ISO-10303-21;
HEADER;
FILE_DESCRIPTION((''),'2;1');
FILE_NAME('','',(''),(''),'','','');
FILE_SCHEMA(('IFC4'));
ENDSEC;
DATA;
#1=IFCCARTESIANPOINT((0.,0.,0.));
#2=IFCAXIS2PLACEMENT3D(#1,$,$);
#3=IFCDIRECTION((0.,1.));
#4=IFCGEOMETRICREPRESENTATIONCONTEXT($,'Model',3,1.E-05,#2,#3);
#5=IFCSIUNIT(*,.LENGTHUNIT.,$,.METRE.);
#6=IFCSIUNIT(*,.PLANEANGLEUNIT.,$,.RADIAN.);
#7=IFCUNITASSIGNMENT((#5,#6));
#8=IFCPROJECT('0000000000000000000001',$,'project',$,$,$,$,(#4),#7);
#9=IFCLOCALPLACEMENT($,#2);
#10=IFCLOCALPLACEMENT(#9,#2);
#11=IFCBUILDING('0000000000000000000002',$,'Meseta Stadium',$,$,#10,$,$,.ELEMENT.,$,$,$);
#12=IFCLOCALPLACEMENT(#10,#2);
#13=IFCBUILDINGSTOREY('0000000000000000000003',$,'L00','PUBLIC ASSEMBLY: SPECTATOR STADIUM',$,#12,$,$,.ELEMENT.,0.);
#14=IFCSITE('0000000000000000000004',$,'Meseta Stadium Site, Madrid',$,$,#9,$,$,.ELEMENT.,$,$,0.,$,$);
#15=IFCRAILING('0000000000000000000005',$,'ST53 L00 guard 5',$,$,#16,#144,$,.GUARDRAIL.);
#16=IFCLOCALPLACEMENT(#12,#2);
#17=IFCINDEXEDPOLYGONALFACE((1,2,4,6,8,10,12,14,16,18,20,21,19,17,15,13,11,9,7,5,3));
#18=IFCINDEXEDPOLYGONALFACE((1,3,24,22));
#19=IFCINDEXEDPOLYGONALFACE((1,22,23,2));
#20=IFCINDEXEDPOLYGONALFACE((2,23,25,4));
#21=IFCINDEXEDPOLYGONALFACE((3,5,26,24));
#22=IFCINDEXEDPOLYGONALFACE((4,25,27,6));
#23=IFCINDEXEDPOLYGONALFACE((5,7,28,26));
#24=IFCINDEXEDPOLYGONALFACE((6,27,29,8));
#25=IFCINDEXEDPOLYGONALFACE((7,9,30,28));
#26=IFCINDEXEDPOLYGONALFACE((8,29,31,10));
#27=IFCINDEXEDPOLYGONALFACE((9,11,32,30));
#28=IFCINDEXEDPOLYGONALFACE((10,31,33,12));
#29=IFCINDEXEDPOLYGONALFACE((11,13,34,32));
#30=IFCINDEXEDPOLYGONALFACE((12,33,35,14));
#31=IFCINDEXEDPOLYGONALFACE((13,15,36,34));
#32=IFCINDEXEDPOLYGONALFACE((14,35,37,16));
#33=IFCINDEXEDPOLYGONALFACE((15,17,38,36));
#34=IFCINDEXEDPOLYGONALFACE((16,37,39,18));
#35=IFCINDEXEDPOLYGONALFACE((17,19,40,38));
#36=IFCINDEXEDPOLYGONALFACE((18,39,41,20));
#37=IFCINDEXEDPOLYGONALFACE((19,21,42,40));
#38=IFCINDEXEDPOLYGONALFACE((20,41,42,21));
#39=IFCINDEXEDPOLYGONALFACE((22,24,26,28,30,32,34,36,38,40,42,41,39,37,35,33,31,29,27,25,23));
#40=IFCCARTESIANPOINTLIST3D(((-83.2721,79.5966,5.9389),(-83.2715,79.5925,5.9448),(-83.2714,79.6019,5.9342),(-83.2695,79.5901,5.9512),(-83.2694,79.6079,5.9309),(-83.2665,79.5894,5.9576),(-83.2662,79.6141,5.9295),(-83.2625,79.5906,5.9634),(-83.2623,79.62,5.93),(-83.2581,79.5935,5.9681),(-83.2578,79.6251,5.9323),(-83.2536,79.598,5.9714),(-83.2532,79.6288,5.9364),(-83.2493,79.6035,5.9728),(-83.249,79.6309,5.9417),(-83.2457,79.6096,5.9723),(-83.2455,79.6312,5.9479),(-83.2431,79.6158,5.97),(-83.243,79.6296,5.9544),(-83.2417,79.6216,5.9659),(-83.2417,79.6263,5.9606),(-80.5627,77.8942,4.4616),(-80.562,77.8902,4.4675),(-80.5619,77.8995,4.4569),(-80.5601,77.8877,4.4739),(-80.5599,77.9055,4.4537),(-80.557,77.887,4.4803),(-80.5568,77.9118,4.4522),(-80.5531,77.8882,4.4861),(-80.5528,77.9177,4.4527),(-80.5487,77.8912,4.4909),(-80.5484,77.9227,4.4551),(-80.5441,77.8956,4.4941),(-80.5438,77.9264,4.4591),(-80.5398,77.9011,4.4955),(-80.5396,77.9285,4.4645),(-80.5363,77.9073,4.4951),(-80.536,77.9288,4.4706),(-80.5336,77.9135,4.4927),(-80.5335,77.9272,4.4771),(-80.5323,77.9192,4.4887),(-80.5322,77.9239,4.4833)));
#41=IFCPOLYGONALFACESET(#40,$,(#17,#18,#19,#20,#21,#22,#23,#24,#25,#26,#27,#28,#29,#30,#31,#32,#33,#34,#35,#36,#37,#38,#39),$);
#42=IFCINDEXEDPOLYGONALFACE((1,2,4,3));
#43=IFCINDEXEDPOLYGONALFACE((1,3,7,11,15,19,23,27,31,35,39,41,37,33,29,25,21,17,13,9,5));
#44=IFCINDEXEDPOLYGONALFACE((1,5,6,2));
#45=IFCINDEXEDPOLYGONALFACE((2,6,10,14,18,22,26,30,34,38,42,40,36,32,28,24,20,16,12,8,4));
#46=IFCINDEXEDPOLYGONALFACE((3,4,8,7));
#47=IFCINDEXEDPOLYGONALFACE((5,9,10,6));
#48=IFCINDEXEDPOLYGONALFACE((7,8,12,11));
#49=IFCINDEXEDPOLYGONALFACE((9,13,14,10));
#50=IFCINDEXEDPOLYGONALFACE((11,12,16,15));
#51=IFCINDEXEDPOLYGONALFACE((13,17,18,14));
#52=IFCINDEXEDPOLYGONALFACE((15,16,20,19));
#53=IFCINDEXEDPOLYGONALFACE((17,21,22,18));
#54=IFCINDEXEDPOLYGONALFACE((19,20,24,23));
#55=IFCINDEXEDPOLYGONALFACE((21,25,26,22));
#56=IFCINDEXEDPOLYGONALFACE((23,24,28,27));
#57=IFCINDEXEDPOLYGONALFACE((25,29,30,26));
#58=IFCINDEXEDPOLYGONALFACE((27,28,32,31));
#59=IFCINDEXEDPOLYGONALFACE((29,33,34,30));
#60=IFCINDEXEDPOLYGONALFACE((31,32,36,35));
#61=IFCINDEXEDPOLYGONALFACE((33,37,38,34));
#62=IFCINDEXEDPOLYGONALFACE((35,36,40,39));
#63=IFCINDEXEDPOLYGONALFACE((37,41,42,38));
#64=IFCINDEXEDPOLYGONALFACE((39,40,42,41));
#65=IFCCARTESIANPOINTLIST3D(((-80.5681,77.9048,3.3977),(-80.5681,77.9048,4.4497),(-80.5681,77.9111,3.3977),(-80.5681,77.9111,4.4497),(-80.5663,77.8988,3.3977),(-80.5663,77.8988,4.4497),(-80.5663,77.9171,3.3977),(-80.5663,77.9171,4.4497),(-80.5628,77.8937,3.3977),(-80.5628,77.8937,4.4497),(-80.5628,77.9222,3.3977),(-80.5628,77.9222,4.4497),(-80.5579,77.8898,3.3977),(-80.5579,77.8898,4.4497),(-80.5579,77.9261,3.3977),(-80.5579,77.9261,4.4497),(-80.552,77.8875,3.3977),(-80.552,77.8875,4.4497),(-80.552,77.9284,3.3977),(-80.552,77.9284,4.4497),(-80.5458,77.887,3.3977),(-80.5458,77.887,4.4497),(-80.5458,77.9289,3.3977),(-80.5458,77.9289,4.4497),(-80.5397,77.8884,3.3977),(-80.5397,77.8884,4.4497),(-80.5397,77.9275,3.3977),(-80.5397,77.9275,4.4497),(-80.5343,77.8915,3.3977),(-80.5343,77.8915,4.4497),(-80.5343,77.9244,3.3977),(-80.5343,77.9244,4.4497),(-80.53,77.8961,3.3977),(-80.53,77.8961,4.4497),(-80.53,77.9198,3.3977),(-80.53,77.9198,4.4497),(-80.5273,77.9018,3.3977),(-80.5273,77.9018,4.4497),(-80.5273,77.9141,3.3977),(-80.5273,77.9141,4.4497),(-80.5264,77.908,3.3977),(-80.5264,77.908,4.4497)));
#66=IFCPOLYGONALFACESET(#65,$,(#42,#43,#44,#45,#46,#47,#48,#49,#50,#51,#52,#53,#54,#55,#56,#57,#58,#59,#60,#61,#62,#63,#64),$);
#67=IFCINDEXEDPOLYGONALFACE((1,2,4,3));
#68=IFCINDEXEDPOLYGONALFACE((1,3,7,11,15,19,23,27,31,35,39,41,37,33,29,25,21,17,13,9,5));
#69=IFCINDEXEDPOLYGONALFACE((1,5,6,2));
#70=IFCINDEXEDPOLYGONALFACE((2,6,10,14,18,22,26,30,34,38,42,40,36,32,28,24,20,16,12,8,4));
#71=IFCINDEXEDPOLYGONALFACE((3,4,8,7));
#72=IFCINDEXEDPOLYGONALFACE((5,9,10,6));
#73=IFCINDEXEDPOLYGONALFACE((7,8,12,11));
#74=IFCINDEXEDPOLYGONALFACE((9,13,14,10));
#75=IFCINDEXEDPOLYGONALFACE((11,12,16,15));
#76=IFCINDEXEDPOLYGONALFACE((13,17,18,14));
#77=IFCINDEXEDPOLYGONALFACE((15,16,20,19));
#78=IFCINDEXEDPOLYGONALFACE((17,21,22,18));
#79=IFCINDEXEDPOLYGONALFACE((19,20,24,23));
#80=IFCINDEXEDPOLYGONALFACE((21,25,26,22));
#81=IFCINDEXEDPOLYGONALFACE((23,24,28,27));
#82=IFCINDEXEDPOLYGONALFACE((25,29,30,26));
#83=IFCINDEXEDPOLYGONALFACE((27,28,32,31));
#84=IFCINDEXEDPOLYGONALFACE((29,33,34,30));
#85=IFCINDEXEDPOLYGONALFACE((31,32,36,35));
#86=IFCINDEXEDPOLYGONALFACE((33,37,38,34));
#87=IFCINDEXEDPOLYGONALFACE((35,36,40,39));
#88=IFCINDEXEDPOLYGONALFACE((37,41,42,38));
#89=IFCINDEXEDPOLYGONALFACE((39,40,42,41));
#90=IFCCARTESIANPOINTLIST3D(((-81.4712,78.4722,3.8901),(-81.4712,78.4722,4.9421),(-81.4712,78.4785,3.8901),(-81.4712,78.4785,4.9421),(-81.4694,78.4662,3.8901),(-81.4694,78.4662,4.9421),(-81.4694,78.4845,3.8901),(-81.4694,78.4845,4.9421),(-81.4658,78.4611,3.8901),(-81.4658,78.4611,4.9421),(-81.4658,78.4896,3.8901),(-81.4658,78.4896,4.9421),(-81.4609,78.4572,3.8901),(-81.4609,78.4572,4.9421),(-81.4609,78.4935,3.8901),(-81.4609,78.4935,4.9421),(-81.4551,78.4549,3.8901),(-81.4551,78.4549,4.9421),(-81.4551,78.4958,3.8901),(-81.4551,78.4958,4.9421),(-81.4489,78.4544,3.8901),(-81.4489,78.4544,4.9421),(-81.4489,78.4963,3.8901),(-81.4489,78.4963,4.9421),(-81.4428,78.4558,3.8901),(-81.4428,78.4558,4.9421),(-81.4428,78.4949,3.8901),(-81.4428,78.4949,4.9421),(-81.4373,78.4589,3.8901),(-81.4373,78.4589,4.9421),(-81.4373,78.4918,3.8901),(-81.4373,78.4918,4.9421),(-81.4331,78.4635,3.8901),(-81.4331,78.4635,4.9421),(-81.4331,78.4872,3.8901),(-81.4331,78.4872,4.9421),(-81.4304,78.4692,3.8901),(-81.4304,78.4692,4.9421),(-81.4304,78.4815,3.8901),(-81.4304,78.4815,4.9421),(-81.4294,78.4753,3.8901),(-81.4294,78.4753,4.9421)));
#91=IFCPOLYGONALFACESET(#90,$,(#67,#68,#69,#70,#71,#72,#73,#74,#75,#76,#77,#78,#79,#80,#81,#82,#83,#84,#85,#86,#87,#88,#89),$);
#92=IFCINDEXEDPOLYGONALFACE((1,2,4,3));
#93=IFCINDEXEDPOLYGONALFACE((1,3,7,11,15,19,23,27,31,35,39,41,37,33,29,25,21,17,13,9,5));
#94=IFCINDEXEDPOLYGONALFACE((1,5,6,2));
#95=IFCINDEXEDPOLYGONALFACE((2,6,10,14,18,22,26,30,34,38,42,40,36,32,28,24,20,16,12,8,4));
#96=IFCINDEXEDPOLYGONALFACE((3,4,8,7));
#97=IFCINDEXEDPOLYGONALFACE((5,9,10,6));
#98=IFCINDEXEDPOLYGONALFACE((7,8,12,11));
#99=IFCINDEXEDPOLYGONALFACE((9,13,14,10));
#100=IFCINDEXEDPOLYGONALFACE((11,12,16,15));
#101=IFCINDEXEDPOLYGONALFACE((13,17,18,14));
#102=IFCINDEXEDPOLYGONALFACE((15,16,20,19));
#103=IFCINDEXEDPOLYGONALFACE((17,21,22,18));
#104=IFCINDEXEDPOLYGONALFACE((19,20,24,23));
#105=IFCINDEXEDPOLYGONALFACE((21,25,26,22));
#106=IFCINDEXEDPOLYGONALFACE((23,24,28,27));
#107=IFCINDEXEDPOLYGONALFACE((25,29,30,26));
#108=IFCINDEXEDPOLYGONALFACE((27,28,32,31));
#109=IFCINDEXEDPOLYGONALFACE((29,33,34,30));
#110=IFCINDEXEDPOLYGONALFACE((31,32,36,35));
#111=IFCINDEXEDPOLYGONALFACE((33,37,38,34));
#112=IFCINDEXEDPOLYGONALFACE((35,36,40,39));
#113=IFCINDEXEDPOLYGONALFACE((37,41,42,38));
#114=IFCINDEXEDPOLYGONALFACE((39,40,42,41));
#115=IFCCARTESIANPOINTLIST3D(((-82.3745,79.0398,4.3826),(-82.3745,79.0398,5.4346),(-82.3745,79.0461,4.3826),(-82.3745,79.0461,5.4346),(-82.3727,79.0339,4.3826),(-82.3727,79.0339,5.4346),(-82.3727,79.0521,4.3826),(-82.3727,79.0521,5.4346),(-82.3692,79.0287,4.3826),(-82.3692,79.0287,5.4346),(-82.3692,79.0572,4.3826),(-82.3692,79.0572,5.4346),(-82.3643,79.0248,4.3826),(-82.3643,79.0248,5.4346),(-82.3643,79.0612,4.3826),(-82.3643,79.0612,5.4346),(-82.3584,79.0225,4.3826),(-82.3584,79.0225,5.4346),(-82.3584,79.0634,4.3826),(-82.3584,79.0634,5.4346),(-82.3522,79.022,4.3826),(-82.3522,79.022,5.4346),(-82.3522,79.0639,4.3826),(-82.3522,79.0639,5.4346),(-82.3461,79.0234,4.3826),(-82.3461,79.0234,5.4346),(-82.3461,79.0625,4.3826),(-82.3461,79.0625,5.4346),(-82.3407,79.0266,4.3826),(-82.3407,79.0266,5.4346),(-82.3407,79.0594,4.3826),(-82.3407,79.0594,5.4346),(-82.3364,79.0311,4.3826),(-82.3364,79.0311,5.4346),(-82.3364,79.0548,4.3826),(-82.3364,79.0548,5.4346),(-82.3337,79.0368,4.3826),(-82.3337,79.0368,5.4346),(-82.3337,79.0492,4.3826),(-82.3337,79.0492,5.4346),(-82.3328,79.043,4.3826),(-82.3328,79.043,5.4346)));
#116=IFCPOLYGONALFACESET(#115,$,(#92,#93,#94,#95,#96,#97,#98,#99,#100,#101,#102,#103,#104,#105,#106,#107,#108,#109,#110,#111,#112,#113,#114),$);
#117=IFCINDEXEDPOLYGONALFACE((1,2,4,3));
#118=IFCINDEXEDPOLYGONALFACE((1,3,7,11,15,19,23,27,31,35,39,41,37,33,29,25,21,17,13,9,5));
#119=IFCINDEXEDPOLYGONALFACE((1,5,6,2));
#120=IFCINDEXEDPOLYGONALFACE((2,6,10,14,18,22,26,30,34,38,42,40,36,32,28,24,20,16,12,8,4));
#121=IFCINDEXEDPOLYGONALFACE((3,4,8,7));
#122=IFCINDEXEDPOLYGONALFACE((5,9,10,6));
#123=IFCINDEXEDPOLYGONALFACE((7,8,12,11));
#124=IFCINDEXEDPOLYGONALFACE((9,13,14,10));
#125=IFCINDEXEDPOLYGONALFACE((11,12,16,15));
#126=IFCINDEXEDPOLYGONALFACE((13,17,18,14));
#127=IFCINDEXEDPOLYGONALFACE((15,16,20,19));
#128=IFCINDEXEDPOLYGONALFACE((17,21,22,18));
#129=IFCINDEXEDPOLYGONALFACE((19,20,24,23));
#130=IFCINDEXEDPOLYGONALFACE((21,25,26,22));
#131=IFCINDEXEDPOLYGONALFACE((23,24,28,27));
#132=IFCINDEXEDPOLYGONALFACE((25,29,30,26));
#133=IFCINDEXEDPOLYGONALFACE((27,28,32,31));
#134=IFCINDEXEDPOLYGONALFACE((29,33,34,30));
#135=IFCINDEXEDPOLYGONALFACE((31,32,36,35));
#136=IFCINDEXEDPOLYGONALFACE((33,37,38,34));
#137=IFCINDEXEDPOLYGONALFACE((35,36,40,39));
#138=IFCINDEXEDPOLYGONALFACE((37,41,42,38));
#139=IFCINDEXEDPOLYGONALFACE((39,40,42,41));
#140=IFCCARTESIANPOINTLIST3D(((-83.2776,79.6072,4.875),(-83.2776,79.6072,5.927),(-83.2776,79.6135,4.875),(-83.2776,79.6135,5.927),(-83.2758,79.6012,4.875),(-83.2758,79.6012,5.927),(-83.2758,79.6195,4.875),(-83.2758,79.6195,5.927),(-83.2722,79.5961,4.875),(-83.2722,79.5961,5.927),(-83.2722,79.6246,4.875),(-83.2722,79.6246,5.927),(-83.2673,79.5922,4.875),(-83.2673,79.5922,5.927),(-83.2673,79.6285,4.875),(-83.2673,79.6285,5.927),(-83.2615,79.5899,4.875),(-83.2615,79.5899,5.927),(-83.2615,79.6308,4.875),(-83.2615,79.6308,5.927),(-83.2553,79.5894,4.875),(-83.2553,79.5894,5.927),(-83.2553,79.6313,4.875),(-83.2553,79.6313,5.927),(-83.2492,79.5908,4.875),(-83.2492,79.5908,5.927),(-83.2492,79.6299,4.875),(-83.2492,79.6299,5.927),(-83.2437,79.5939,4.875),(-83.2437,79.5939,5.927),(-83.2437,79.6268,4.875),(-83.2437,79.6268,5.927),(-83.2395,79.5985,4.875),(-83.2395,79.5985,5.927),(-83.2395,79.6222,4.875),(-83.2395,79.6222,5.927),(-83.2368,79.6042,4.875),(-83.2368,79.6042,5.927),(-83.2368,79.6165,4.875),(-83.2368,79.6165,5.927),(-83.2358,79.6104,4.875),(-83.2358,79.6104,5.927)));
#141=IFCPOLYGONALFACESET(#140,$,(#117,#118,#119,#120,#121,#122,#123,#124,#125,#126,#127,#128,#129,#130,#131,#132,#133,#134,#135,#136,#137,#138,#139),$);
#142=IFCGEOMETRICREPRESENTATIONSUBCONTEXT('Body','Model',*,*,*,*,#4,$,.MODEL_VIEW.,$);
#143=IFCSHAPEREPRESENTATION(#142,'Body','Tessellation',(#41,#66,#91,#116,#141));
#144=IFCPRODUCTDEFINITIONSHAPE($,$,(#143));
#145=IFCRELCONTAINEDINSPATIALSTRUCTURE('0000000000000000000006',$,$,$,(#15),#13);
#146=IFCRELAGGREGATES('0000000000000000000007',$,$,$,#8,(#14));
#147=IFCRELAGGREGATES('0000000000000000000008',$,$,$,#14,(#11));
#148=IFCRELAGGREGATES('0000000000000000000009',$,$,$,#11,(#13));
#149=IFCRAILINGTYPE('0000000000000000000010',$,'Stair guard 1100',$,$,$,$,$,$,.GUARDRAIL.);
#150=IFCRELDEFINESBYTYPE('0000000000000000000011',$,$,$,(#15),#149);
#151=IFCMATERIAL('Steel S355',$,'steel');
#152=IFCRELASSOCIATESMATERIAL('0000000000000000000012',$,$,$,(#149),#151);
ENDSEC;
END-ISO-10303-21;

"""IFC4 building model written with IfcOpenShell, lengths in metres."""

from ifc_helpers import new_model, si_unit, direction, frame, origin, origin_2d, place, context, subcontext, project, spatial, circle, extrude, material, type_object, element, save


model = new_model("IFC4")

# Units and contexts
model_context = context("Model", 3, precision=1e-05, world=origin(), true_north=direction((0.0, 1.0)))
body_context = subcontext(model_context, "Body", "Model", "MODEL_VIEW")
ifc_project = project(units=[si_unit("LENGTHUNIT", "METRE"), si_unit("PLANEANGLEUNIT", "RADIAN")], contexts=[model_context])

# Site, building, storey
site_placement = place(None, origin())
site = spatial("IfcSite", under=ifc_project, at=site_placement, Name="Meseta Stadium Site, Madrid", CompositionType="ELEMENT", RefElevation=0.0)
building_placement = place(site_placement, origin())
building = spatial("IfcBuilding", under=site, at=building_placement, Name="Meseta Stadium", CompositionType="ELEMENT")
storey_placement = place(building_placement, origin())
storey = spatial("IfcBuildingStorey", under=building, at=storey_placement, Name="L00", Description="PUBLIC ASSEMBLY: SPECTATOR STADIUM", CompositionType="ELEMENT", Elevation=0.0)

# Railing
ifc_material_1 = material(Name="Steel S355", Category="steel")
railing_type_1 = type_object("IfcRailingType", Name="Stair guard 1100", PredefinedType="GUARDRAIL", material=ifc_material_1)
railing_1_placement = place(storey_placement, frame((-80.5474, 77.908, 3.3977)))
element("IfcRailing", 1, at=railing_1_placement, inside=storey, type_object=railing_type_1, Name="ST53 L00 guard 5", PredefinedType="GUARDRAIL", context=body_context, shape_type="SweptSolid", body=[
    extrude(circle(Radius=0.0239, at=origin_2d()), frame((0.0, 0.0, 1.0762), z_axis=(-0.768764, 0.483023, 0.419156), x_axis=(-0.532014, -0.846736, 0.0)), (0.0, 0.0, 1.0), 3.5244),
    extrude(circle(Radius=0.021, at=origin_2d()), origin(), (0.0, 0.0, 1.0), 1.052),
    extrude(circle(Radius=0.021, at=origin_2d()), frame((-0.9031, 0.5674, 0.4924)), (0.0, 0.0, 1.0), 1.052),
    extrude(circle(Radius=0.021, at=origin_2d()), frame((-1.8064, 1.135, 0.9849)), (0.0, 0.0, 1.0), 1.052),
    extrude(circle(Radius=0.021, at=origin_2d()), frame((-2.7095, 1.7024, 1.4773)), (0.0, 0.0, 1.0), 1.052),
])

save(model, "model.ifc")
